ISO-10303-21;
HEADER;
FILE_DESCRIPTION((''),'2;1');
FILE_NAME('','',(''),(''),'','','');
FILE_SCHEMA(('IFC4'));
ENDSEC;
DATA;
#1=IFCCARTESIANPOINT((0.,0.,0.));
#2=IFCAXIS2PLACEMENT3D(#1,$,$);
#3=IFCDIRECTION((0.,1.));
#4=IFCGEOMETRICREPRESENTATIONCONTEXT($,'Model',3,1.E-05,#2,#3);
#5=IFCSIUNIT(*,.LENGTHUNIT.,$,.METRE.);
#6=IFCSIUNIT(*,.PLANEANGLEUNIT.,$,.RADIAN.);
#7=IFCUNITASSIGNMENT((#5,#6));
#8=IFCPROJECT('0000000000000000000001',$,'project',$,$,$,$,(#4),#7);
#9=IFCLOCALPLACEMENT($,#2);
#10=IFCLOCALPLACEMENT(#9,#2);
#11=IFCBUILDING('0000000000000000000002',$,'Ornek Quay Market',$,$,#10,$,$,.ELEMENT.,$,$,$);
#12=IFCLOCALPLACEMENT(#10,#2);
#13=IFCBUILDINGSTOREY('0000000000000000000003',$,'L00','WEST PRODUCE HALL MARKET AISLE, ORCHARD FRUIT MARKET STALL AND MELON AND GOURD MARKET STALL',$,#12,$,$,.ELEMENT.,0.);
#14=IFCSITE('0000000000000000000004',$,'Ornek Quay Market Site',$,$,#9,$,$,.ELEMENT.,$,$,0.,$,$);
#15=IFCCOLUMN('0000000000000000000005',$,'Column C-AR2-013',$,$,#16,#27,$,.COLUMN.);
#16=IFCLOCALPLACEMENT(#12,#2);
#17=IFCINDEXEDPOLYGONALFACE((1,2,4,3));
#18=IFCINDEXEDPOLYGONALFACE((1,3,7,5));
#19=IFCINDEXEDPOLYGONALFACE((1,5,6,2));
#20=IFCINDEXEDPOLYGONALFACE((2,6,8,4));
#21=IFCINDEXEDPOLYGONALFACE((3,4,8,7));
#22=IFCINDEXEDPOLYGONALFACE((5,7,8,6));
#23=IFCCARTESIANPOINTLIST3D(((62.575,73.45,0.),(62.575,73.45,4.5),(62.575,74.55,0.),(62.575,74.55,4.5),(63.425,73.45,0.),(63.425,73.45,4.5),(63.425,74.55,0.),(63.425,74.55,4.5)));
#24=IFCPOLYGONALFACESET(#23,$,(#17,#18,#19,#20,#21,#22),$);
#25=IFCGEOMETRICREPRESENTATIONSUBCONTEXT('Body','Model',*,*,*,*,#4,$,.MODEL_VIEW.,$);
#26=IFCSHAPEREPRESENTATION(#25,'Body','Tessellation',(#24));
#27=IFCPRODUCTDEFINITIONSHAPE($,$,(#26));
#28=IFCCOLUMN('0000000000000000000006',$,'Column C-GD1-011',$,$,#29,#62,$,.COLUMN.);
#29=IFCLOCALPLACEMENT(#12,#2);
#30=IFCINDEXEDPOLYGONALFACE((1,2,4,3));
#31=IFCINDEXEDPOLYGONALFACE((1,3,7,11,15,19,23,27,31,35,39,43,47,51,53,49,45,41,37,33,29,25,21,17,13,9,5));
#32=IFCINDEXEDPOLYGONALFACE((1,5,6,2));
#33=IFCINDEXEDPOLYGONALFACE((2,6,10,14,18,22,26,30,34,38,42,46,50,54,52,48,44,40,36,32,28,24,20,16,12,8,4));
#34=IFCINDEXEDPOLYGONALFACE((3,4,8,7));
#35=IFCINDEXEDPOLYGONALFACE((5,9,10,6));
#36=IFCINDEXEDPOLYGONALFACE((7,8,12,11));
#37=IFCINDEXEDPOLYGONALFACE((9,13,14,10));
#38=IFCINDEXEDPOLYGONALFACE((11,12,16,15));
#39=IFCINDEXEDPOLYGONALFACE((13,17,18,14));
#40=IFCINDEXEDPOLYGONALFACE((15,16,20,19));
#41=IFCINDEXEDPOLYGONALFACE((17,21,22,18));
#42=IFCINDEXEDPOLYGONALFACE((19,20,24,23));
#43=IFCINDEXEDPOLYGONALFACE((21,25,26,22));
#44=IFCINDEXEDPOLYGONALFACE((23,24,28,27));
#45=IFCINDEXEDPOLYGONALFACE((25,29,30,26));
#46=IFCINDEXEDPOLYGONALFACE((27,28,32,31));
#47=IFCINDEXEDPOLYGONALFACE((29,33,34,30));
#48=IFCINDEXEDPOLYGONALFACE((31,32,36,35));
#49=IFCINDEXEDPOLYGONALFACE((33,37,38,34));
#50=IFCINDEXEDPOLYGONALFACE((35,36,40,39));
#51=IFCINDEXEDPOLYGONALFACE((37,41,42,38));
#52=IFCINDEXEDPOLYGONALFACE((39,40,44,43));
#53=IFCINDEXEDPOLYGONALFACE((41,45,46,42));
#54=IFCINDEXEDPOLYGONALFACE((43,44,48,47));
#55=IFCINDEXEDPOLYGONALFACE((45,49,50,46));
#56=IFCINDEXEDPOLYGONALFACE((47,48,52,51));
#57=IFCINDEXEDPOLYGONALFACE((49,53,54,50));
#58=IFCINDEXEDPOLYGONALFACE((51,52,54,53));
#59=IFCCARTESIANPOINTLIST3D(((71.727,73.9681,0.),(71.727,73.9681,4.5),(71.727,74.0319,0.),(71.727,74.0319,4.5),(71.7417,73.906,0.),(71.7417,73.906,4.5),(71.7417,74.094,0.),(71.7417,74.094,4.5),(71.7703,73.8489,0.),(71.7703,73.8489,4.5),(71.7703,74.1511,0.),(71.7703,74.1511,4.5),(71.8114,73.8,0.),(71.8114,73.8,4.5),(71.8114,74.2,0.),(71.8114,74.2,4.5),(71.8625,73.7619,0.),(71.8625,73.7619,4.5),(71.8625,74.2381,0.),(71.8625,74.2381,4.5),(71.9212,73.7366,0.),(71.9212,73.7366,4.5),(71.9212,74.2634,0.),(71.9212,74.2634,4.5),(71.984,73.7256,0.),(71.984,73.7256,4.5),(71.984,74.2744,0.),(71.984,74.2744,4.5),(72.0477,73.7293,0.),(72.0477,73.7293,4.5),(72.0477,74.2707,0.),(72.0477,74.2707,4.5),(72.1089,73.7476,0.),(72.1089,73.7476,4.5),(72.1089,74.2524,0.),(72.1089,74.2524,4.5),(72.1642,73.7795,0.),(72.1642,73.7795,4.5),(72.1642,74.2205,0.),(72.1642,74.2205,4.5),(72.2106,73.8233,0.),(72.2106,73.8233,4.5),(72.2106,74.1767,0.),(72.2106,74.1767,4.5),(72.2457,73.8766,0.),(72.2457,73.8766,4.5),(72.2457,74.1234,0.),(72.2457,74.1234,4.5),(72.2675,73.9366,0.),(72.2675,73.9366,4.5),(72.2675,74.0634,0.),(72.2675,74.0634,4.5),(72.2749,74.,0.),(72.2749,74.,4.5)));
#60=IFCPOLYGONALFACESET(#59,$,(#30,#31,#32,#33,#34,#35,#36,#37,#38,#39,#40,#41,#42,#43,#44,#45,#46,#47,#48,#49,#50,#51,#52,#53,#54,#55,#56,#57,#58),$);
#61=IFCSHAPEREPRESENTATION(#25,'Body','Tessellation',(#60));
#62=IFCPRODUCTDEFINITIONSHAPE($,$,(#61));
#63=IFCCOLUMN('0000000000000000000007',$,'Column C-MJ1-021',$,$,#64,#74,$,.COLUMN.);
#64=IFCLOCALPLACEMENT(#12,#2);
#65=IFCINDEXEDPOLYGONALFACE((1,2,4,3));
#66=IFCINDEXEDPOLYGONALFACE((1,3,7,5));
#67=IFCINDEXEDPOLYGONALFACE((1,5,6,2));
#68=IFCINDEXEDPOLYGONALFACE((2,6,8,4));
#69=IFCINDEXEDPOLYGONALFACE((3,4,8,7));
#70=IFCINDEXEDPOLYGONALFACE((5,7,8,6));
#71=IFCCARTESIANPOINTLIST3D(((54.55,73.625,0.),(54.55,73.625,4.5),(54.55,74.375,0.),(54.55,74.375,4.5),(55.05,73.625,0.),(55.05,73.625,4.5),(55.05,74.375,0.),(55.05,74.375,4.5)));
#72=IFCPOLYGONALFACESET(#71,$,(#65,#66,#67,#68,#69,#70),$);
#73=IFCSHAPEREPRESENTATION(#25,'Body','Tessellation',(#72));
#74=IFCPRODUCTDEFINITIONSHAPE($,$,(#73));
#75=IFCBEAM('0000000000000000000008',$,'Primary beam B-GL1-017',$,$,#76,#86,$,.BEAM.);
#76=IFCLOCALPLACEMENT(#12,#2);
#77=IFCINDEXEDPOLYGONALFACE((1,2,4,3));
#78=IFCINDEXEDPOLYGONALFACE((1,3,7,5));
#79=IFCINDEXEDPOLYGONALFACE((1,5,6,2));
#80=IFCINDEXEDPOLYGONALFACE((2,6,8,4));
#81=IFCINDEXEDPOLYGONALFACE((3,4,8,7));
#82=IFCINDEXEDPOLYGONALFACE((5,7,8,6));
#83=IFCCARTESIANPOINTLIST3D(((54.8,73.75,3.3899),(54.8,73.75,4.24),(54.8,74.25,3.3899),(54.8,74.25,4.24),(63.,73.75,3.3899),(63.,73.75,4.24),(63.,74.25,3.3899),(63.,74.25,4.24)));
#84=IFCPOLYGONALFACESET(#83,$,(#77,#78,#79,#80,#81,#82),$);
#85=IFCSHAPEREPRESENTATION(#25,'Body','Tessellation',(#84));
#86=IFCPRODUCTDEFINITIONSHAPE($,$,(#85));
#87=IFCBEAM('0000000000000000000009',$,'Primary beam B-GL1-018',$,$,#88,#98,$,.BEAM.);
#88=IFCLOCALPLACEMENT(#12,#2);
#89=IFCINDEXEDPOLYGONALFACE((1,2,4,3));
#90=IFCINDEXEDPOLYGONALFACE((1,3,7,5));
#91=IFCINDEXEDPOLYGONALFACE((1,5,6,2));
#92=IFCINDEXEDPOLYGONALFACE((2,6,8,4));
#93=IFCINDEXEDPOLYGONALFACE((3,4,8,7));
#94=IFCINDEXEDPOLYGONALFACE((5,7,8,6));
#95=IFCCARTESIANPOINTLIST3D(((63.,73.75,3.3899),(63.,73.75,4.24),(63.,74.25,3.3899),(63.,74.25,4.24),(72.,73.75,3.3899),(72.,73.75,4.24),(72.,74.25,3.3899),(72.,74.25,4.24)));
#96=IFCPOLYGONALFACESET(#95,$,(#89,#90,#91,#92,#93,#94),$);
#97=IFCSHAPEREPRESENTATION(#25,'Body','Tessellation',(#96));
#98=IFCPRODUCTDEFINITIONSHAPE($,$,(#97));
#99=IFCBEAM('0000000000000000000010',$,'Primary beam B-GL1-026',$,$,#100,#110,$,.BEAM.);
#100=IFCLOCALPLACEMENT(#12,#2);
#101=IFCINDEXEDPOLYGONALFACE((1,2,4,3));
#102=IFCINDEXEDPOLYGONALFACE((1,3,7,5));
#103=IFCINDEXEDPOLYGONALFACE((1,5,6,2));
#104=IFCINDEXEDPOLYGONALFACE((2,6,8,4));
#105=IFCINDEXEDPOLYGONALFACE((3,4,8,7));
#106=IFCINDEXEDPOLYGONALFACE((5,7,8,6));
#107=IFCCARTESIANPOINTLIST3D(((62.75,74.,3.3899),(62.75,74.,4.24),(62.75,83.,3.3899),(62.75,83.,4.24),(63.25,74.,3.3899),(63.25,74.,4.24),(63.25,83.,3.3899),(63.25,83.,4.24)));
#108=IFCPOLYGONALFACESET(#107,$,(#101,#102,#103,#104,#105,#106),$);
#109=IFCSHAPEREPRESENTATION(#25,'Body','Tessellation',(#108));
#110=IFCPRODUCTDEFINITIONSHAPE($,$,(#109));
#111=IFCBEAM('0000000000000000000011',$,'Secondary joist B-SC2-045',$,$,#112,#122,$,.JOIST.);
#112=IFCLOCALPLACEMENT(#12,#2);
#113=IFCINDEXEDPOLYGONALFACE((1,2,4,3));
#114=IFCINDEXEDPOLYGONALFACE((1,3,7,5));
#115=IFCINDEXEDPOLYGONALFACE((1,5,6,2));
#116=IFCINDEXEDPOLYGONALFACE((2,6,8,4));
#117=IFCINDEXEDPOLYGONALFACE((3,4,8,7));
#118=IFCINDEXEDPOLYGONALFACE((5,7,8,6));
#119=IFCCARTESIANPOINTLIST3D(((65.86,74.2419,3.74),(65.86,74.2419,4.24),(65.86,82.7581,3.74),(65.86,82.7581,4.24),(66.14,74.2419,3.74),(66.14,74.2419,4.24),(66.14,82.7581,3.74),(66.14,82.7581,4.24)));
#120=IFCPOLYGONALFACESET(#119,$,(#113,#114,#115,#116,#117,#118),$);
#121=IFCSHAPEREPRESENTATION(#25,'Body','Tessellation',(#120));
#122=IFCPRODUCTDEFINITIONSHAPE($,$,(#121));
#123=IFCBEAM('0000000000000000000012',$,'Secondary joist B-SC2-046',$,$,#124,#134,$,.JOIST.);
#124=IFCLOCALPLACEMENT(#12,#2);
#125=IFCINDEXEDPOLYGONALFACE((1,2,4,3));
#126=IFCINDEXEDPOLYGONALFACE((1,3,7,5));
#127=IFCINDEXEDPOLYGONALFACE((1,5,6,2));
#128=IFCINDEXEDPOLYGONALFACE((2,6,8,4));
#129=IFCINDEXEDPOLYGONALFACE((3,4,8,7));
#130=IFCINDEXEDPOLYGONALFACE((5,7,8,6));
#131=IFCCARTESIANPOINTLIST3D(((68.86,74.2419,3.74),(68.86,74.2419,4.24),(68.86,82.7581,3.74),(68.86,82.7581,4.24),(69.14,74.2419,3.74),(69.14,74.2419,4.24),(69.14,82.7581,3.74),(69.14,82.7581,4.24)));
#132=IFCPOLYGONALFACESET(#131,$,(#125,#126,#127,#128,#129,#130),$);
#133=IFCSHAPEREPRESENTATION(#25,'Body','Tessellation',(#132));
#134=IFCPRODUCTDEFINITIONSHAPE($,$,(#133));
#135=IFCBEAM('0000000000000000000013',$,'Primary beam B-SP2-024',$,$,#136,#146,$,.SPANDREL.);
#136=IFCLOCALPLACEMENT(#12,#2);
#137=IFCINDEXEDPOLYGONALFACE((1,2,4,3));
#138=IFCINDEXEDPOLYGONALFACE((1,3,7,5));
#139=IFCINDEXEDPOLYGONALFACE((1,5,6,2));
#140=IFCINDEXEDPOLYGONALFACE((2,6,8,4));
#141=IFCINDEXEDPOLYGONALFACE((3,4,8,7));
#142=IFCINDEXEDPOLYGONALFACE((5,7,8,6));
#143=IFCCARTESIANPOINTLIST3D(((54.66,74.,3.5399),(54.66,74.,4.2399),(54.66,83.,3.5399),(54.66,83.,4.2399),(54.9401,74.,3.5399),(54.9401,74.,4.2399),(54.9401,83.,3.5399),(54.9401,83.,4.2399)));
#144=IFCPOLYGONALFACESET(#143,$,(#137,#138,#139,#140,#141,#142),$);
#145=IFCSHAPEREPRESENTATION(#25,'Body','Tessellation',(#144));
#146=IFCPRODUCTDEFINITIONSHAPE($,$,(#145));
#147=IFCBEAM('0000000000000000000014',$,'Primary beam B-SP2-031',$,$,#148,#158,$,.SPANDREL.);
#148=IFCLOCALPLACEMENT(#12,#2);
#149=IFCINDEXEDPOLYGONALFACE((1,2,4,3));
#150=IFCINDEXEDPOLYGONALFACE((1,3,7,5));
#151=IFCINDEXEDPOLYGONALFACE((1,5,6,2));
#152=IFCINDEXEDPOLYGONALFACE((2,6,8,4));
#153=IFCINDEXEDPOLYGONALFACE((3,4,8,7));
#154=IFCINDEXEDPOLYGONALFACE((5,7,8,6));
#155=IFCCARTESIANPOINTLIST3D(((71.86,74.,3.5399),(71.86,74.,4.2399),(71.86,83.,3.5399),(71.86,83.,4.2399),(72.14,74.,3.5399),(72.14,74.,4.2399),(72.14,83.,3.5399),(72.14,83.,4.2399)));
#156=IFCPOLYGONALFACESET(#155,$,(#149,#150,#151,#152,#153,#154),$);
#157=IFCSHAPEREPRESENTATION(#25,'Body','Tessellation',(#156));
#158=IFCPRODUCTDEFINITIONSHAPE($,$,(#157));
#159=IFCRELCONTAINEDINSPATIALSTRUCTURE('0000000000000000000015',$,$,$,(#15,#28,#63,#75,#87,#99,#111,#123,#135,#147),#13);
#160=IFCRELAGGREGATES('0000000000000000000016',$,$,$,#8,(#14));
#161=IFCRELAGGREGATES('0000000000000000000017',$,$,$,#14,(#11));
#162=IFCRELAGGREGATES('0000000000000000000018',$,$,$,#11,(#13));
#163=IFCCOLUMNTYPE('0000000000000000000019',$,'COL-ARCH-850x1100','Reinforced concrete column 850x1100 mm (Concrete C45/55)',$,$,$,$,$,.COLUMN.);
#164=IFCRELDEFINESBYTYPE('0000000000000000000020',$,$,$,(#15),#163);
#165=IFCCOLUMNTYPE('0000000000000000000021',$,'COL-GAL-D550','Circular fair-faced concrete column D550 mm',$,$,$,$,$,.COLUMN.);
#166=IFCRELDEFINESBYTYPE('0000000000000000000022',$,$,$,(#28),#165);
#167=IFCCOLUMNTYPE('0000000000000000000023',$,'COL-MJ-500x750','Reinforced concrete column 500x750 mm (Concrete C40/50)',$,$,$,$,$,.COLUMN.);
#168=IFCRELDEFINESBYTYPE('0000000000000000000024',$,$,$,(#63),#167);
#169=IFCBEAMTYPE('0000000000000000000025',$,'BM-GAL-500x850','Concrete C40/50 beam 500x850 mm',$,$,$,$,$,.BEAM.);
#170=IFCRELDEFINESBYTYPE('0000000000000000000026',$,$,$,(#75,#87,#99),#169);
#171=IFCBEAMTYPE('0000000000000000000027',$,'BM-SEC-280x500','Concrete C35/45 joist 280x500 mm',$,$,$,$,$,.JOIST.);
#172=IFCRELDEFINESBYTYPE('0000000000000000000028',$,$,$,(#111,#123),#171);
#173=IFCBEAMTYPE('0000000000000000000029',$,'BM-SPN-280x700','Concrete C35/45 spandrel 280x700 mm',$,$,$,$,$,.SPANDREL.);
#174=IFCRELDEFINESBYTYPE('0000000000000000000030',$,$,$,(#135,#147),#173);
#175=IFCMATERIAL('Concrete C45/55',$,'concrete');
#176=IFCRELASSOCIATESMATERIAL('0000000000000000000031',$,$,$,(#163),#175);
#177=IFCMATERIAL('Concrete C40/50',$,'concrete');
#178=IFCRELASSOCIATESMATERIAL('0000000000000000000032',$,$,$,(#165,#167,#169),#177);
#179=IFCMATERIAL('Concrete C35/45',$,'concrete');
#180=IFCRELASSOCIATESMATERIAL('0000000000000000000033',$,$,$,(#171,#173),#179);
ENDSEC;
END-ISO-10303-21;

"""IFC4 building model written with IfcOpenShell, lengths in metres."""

from ifc_helpers import new_model, si_unit, direction, frame, origin, origin_2d, place, context, subcontext, project, spatial, rectangle, circle, extrude, material, material_profile, profile_set, type_object, element, save


model = new_model("IFC4")

# Units and contexts
model_context = context("Model", 3, precision=1e-05, world=origin(), true_north=direction((0.0, 1.0)))
body_context = subcontext(model_context, "Body", "Model", "MODEL_VIEW")
ifc_project = project(units=[si_unit("LENGTHUNIT", "METRE"), si_unit("PLANEANGLEUNIT", "RADIAN")], contexts=[model_context])

# Site, building, storey
site_placement = place(None, origin())
site = spatial("IfcSite", under=ifc_project, at=site_placement, Name="Ornek Quay Market Site", CompositionType="ELEMENT", RefElevation=0.0)
building_placement = place(site_placement, origin())
building = spatial("IfcBuilding", under=site, at=building_placement, Name="Ornek Quay Market", CompositionType="ELEMENT")
storey_placement = place(building_placement, origin())
storey = spatial("IfcBuildingStorey", under=building, at=storey_placement, Name="L00", Description="WEST PRODUCE HALL MARKET AISLE, ORCHARD FRUIT MARKET STALL AND MELON AND GOURD MARKET STALL", CompositionType="ELEMENT", Elevation=0.0)

# Columns
ifc_material_1 = material(Name="Concrete C45/55", Category="concrete")
ifc_material_profile_1 = material_profile(ifc_material_1, rectangle(XDim=0.8501, YDim=1.1001, at=origin_2d()), Name="RC 850x1100", Category="concrete")
ifc_profile_set_1 = profile_set([ifc_material_profile_1], Name="Concrete C45/55")
column_type_1 = type_object("IfcColumnType", Name="COL-ARCH-850x1100", Description="Reinforced concrete column 850x1100 mm (Concrete C45/55)", PredefinedType="COLUMN", material=ifc_profile_set_1)
column_1_placement = place(storey_placement, frame((63.0, 74.0, 0.0), z_axis=(0.0, 0.0, 1.0), x_axis=(1.0, 0.0, 0.0)))
element("IfcColumn", 1, at=column_1_placement, inside=storey, type_object=column_type_1, Name="Column C-AR2-013", PredefinedType="COLUMN", context=body_context, shape_type="SweptSolid", body=[
    extrude(rectangle(XDim=0.8501, YDim=1.1001, at=origin_2d()), origin(), (0.0, 0.0, 1.0), 4.5),
])
ifc_material_2 = material(Name="Concrete C40/50", Category="concrete")
ifc_material_profile_2 = material_profile(ifc_material_2, circle(Radius=0.2749, at=origin_2d()), Name="RC D550", Category="concrete")
ifc_profile_set_2 = profile_set([ifc_material_profile_2], Name="Concrete C40/50")
column_type_2 = type_object("IfcColumnType", Name="COL-GAL-D550", Description="Circular fair-faced concrete column D550 mm", PredefinedType="COLUMN", material=ifc_profile_set_2)
column_2_placement = place(storey_placement, frame((72.0, 74.0, 0.0), z_axis=(0.0, 0.0, 1.0), x_axis=(1.0, 0.0, 0.0)))
element("IfcColumn", 2, at=column_2_placement, inside=storey, type_object=column_type_2, Name="Column C-GD1-011", PredefinedType="COLUMN", context=body_context, shape_type="SweptSolid", body=[
    extrude(circle(Radius=0.2749, at=origin_2d()), origin(), (0.0, 0.0, 1.0), 4.5),
])
ifc_material_profile_3 = material_profile(ifc_material_2, rectangle(XDim=0.5, YDim=0.75, at=origin_2d()), Name="RC 500x750", Category="concrete")
ifc_profile_set_3 = profile_set([ifc_material_profile_3], Name="Concrete C40/50")
column_type_3 = type_object("IfcColumnType", Name="COL-MJ-500x750", Description="Reinforced concrete column 500x750 mm (Concrete C40/50)", PredefinedType="COLUMN", material=ifc_profile_set_3)
column_3_placement = place(storey_placement, frame((54.8, 74.0, 0.0), z_axis=(0.0, 0.0, 1.0), x_axis=(1.0, 0.0, 0.0)))
element("IfcColumn", 3, at=column_3_placement, inside=storey, type_object=column_type_3, Name="Column C-MJ1-021", PredefinedType="COLUMN", context=body_context, shape_type="SweptSolid", body=[
    extrude(rectangle(XDim=0.5, YDim=0.75, at=origin_2d()), origin(), (0.0, 0.0, 1.0), 4.5),
])

# Beams
ifc_material_profile_4 = material_profile(ifc_material_2, rectangle(XDim=0.5, YDim=0.8501, at=origin_2d()), Name="RC 500x850", Category="concrete")
ifc_profile_set_4 = profile_set([ifc_material_profile_4], Name="Concrete C40/50")
beam_type_1 = type_object("IfcBeamType", Name="BM-GAL-500x850", Description="Concrete C40/50 beam 500x850 mm", PredefinedType="BEAM", material=ifc_profile_set_4)
beam_placement = place(storey_placement, frame((54.8, 74.0, 3.8149), z_axis=(1.0, 0.0, 0.0), x_axis=(0.0, 1.0, 0.0)))
element("IfcBeam", 4, at=beam_placement, inside=storey, type_object=beam_type_1, Name="Primary beam B-GL1-017", PredefinedType="BEAM", context=body_context, shape_type="SweptSolid", body=[
    extrude(rectangle(XDim=0.5, YDim=0.8501, at=origin_2d()), origin(), (0.0, 0.0, 1.0), 8.2),
])
for number, where, z_axis, x_axis, name in (
    (5, (63.0, 74.0, 3.8149), (1.0, 0.0, 0.0), (0.0, 1.0, 0.0), "Primary beam B-GL1-018"),
    (6, (63.0, 74.0, 3.8149), (0.0, 1.0, 0.0), (-1.0, 0.0, 0.0), "Primary beam B-GL1-026"),
):
    element("IfcBeam", number, at=place(storey_placement, frame(where, z_axis=z_axis, x_axis=x_axis)), inside=storey, type_object=beam_type_1, Name=name, PredefinedType="BEAM", context=body_context, shape_type="SweptSolid", body=[
        extrude(rectangle(XDim=0.5, YDim=0.8501, at=origin_2d()), origin(), (0.0, 0.0, 1.0), 9.0),
    ])
ifc_material_3 = material(Name="Concrete C35/45", Category="concrete")
ifc_material_profile_5 = material_profile(ifc_material_3, rectangle(XDim=0.28, YDim=0.5, at=origin_2d()), Name="RC 280x500", Category="concrete")
ifc_profile_set_5 = profile_set([ifc_material_profile_5], Name="Concrete C35/45")
beam_type_2 = type_object("IfcBeamType", Name="BM-SEC-280x500", Description="Concrete C35/45 joist 280x500 mm", PredefinedType="JOIST", material=ifc_profile_set_5)
for number, where, z_axis, x_axis, name in (
    (7, (66.0, 74.2419, 3.99), (0.0, 1.0, 0.0), (-1.0, 0.0, 0.0), "Secondary joist B-SC2-045"),
    (8, (69.0, 74.2419, 3.99), (0.0, 1.0, 0.0), (-1.0, 0.0, 0.0), "Secondary joist B-SC2-046"),
):
    element("IfcBeam", number, at=place(storey_placement, frame(where, z_axis=z_axis, x_axis=x_axis)), inside=storey, type_object=beam_type_2, Name=name, PredefinedType="JOIST", context=body_context, shape_type="SweptSolid", body=[
        extrude(rectangle(XDim=0.28, YDim=0.5, at=origin_2d()), origin(), (0.0, 0.0, 1.0), 8.5161),
    ])
ifc_material_profile_6 = material_profile(ifc_material_3, rectangle(XDim=0.28, YDim=0.7, at=origin_2d()), Name="RC 280x700", Category="concrete")
ifc_profile_set_6 = profile_set([ifc_material_profile_6], Name="Concrete C35/45")
beam_type_3 = type_object("IfcBeamType", Name="BM-SPN-280x700", Description="Concrete C35/45 spandrel 280x700 mm", PredefinedType="SPANDREL", material=ifc_profile_set_6)
for number, where, z_axis, x_axis, name in (
    (9, (54.8, 74.0, 3.8899), (0.0, 1.0, 0.0), (-1.0, 0.0, 0.0), "Primary beam B-SP2-024"),
    (10, (72.0, 74.0, 3.8899), (0.0, 1.0, 0.0), (-1.0, 0.0, 0.0), "Primary beam B-SP2-031"),
):
    element("IfcBeam", number, at=place(storey_placement, frame(where, z_axis=z_axis, x_axis=x_axis)), inside=storey, type_object=beam_type_3, Name=name, PredefinedType="SPANDREL", context=body_context, shape_type="SweptSolid", body=[
        extrude(rectangle(XDim=0.28, YDim=0.7, at=origin_2d()), origin(), (0.0, 0.0, 1.0), 9.0),
    ])

save(model, "model.ifc")
